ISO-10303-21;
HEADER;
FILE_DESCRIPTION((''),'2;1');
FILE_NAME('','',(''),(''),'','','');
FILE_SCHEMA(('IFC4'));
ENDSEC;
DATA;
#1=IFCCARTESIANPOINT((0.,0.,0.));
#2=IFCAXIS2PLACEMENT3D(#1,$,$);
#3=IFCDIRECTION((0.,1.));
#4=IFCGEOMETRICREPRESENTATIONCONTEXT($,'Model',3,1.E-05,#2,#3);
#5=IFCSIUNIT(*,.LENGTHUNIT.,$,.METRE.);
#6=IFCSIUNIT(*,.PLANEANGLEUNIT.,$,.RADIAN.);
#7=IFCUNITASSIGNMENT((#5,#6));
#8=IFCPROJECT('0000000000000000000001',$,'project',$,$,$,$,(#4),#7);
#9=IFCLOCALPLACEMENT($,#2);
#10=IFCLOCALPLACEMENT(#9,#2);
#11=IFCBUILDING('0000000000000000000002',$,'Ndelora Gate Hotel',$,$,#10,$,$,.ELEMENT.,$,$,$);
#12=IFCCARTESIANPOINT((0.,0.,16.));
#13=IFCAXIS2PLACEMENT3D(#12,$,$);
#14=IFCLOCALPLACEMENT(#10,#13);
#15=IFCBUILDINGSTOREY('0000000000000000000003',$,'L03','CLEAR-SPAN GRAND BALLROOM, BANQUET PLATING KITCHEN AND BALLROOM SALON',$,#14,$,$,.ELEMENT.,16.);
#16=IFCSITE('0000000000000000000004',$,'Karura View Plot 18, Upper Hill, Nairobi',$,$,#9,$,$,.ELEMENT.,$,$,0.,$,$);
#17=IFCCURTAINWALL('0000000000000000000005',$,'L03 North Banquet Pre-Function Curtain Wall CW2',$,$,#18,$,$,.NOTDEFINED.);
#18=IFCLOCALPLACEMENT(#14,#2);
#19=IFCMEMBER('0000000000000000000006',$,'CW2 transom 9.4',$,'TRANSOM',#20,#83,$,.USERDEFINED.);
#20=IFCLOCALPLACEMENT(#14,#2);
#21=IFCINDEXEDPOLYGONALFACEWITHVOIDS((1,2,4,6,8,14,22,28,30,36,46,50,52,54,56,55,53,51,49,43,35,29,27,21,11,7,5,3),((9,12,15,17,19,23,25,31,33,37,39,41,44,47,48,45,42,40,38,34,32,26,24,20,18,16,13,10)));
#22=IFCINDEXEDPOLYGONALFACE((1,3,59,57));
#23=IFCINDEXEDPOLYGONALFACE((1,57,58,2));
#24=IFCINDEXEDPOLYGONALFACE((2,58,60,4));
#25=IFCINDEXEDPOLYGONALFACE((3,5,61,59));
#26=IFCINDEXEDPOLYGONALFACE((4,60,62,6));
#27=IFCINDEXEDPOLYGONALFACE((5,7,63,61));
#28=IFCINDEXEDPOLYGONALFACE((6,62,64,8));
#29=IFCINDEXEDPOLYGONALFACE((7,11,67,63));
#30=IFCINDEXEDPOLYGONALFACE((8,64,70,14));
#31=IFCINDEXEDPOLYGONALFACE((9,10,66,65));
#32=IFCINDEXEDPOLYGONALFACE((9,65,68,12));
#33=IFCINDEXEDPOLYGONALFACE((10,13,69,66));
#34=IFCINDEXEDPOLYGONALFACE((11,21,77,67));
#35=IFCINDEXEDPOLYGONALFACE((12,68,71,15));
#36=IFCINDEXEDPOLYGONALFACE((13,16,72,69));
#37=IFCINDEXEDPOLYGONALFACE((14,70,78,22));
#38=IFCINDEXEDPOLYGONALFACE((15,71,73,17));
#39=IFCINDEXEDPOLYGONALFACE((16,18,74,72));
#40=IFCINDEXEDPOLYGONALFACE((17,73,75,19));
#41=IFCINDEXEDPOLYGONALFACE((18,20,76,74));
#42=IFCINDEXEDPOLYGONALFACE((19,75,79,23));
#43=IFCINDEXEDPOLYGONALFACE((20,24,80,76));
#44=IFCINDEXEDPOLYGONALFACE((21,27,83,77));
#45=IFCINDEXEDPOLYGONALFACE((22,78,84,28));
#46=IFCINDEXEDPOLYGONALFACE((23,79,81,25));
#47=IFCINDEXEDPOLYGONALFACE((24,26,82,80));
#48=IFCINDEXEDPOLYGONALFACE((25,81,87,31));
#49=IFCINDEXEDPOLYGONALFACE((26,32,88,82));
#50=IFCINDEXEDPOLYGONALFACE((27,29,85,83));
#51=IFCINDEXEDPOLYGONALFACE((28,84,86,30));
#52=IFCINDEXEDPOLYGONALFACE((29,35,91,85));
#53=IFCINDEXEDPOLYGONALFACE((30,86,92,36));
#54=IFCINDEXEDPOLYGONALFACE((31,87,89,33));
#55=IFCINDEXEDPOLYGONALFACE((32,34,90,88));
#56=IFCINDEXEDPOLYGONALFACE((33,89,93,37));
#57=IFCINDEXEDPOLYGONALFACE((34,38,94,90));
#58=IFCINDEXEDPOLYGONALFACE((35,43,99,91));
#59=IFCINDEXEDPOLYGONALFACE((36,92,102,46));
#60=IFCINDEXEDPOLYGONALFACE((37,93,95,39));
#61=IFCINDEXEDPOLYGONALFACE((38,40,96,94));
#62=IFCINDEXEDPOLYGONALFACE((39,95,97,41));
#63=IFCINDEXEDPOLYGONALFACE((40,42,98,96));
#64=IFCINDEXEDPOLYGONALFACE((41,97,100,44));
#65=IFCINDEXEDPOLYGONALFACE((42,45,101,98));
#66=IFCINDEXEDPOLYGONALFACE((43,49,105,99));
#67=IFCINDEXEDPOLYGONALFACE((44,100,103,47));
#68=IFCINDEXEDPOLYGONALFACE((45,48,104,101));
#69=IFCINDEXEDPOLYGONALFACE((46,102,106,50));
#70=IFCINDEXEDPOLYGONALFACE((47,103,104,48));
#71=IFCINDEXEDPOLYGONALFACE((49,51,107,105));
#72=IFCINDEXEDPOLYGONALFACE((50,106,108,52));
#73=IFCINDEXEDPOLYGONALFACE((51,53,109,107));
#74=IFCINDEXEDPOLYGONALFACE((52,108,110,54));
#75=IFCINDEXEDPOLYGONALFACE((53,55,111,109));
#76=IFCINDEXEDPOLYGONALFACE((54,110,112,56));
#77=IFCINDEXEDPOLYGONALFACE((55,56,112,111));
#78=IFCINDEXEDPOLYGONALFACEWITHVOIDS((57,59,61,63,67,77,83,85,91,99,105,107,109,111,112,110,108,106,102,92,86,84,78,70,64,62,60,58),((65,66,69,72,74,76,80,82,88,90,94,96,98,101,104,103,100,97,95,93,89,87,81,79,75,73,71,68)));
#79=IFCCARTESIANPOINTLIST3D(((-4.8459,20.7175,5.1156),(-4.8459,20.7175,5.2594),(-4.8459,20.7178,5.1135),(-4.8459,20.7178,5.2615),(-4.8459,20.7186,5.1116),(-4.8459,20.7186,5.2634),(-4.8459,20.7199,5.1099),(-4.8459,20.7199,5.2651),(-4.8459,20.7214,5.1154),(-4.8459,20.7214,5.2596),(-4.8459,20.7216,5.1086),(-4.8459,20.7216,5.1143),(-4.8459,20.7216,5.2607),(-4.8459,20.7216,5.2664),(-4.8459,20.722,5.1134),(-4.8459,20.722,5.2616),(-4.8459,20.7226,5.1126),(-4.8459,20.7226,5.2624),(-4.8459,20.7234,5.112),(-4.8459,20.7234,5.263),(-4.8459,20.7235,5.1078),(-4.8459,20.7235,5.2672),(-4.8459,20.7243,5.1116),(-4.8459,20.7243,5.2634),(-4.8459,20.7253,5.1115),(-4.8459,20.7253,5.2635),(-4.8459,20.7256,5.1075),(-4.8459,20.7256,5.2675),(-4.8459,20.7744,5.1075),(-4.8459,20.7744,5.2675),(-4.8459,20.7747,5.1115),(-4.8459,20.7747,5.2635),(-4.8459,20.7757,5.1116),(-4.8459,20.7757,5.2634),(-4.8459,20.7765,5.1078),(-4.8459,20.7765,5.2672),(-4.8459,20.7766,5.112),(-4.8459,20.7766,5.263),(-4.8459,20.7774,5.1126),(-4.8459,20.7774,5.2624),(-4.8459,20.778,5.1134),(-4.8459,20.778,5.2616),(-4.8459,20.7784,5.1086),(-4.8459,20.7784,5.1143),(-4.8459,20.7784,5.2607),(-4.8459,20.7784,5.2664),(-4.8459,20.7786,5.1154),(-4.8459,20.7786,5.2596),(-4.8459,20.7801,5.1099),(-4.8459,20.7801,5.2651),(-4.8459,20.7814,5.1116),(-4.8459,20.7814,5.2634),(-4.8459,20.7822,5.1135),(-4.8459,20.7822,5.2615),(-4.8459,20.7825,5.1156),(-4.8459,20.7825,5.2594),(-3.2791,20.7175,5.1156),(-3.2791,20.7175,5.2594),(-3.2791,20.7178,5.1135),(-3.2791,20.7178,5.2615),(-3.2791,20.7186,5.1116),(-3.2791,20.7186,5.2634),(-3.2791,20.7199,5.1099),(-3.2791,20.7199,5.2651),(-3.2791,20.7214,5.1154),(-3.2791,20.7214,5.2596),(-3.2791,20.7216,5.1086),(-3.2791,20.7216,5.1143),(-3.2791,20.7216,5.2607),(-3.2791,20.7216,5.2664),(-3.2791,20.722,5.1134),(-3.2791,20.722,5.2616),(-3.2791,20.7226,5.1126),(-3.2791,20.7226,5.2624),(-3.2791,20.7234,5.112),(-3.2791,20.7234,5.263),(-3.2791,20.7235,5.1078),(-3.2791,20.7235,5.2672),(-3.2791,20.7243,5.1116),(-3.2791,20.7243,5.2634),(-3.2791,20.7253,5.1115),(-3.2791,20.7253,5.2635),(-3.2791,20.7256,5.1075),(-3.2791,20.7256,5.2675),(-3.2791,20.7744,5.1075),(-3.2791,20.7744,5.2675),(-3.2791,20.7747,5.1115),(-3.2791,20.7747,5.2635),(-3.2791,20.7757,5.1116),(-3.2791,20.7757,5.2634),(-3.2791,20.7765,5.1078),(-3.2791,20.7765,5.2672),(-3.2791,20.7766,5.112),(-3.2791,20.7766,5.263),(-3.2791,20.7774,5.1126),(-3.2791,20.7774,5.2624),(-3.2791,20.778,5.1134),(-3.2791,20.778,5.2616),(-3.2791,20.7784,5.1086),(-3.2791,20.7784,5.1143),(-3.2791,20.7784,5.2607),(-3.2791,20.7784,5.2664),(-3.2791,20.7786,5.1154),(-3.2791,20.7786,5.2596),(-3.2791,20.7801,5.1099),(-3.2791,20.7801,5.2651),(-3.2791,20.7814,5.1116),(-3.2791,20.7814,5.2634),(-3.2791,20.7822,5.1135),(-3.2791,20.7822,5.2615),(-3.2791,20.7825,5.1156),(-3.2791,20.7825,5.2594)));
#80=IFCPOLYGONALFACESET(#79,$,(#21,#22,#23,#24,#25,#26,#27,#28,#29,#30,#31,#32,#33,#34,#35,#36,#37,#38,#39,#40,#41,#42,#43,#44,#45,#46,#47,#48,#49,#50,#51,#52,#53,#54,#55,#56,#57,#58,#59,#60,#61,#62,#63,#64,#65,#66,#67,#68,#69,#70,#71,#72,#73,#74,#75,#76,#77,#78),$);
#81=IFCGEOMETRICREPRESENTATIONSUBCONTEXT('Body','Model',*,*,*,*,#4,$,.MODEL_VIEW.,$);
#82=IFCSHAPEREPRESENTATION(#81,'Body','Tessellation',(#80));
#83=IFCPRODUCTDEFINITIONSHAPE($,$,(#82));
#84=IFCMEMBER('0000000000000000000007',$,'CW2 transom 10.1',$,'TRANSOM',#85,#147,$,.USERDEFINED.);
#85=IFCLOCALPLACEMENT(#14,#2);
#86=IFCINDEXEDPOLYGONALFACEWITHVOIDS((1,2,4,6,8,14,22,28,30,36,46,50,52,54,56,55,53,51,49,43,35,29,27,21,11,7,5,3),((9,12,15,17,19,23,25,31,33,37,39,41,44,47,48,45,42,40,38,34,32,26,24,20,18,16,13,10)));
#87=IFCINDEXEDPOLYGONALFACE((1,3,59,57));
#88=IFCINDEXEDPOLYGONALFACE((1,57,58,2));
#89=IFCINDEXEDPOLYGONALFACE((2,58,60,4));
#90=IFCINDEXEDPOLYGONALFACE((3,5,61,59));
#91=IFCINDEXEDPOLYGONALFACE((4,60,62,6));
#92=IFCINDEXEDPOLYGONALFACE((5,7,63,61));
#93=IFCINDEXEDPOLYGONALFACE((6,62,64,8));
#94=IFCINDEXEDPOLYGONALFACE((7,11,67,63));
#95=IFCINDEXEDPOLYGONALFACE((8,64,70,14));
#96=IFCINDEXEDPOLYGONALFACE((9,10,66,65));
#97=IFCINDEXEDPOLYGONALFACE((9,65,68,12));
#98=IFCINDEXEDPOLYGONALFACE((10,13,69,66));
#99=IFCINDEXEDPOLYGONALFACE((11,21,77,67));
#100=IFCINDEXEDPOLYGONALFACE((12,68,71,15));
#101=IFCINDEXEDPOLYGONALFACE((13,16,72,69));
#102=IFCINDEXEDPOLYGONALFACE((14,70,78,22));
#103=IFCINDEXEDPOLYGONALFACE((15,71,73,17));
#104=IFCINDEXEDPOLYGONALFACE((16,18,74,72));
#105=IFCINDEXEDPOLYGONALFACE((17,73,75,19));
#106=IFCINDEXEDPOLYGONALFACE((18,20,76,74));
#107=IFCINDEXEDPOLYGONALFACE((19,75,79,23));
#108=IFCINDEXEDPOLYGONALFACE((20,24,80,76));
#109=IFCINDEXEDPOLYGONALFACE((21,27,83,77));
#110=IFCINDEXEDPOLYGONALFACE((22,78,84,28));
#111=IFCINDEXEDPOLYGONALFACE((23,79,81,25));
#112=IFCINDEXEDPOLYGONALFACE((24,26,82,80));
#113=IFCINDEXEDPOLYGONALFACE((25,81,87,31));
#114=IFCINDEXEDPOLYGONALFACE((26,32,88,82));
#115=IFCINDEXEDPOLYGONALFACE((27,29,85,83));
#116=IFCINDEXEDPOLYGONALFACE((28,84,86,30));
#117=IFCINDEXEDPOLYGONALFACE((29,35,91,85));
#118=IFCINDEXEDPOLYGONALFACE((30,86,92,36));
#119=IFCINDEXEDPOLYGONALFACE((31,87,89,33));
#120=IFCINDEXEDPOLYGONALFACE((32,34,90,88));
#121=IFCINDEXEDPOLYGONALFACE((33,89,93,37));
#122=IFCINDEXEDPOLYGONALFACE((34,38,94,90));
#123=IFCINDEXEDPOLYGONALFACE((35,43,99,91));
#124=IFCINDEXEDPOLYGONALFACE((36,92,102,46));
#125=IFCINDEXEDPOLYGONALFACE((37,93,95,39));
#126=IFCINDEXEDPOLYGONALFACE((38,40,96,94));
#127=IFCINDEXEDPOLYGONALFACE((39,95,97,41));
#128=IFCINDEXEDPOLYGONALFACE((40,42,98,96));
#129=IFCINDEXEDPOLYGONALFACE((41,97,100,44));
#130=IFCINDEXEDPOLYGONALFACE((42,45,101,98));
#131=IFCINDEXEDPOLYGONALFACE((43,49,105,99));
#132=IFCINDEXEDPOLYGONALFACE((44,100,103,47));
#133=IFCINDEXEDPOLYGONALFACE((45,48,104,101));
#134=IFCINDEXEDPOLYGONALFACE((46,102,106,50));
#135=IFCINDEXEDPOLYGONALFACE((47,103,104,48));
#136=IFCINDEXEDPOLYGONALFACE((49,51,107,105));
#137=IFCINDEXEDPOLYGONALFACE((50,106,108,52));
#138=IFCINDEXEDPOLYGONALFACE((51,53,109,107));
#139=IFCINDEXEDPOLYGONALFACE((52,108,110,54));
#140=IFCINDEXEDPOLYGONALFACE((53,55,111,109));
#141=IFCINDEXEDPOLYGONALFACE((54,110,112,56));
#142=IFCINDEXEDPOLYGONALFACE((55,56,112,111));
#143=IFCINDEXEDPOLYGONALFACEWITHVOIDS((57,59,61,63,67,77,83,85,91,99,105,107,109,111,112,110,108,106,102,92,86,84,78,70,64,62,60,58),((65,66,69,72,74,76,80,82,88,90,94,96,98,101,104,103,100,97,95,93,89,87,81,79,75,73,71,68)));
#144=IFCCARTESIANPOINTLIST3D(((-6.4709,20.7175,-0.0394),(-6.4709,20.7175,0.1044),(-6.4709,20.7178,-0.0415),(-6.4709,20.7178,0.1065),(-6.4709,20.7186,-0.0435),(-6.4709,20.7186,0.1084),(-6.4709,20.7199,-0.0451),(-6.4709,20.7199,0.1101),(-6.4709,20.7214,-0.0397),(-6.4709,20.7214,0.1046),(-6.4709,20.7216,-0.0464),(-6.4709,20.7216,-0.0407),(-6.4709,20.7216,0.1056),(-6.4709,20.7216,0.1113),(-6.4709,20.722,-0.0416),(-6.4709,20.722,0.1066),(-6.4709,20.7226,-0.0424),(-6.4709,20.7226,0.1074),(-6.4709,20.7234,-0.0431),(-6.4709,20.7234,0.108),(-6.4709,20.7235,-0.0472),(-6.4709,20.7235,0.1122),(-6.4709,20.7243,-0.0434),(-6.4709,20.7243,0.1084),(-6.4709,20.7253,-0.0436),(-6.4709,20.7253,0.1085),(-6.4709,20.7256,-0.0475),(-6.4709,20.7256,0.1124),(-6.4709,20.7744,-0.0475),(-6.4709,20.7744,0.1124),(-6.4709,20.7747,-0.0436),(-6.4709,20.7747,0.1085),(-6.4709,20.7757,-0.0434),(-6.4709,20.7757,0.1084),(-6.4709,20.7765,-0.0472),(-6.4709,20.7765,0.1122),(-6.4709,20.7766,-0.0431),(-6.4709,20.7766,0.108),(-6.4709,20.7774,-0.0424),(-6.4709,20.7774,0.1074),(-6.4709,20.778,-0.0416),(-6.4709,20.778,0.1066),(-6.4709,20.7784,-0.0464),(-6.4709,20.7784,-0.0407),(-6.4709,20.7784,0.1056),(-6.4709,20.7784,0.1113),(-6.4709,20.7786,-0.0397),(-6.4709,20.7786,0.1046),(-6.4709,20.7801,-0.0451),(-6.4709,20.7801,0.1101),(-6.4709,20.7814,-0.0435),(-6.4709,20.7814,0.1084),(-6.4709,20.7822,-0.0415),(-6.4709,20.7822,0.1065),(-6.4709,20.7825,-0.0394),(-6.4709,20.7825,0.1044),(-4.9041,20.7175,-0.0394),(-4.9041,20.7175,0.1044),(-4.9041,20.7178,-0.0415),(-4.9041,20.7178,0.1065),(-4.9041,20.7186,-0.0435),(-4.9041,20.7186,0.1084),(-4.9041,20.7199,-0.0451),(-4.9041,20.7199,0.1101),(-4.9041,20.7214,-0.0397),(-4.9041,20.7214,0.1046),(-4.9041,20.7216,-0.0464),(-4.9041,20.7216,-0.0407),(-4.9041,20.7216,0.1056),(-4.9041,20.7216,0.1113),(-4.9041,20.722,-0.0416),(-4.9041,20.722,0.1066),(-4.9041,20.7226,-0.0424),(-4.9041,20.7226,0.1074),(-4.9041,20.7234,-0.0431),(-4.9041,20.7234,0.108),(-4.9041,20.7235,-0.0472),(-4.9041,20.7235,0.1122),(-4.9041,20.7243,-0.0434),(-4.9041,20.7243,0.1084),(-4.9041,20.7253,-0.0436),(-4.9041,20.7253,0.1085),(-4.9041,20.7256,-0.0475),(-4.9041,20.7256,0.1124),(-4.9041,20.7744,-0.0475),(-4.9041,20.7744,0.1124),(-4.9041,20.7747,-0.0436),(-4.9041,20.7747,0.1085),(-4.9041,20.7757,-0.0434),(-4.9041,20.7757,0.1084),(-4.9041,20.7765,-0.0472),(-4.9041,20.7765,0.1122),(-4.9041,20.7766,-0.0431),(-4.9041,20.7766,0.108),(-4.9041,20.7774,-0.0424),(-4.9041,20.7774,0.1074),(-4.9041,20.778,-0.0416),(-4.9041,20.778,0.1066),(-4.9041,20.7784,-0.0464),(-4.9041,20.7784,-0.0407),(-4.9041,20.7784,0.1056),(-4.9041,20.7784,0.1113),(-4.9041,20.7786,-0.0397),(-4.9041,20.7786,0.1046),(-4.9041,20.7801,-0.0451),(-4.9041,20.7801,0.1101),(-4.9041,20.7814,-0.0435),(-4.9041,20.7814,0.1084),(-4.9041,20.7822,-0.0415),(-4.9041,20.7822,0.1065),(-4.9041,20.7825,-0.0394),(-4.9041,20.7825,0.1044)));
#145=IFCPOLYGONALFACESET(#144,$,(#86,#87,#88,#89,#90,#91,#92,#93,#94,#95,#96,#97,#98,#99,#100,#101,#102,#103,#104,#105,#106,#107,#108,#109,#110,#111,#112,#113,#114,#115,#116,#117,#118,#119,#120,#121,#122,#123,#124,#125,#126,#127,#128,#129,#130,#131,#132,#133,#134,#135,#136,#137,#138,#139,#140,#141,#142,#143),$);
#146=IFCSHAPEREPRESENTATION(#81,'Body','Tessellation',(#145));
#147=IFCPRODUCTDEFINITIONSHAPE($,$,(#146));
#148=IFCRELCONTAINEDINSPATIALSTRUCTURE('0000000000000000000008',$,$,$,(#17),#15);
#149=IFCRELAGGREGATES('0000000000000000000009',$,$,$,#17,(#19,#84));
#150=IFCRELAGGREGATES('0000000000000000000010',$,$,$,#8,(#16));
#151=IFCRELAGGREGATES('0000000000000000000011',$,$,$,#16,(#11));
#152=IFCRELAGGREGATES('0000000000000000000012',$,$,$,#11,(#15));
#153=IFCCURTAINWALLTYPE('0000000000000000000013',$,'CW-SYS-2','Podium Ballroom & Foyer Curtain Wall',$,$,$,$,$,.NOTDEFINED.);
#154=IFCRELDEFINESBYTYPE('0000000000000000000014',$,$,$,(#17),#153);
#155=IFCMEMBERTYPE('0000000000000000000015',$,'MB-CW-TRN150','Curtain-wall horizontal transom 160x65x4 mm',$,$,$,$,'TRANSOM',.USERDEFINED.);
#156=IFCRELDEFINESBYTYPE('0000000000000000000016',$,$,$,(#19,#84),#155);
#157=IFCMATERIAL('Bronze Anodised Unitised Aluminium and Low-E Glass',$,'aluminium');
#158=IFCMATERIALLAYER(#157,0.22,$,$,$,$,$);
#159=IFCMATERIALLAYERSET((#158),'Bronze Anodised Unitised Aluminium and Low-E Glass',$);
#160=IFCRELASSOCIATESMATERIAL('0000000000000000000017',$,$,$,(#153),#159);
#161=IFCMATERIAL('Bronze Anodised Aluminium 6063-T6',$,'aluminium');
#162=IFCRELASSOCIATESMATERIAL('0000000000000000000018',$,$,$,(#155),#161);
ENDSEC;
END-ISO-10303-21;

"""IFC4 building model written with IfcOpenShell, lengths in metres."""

from ifc_helpers import new_model, si_unit, direction, frame, origin, origin_2d, place, context, subcontext, project, spatial, hollow_rectangle, extrude, material, layer, layer_set, material_profile, profile_set, type_object, element, aggregate, save


model = new_model("IFC4")

# Units and contexts
model_context = context("Model", 3, precision=1e-05, world=origin(), true_north=direction((0.0, 1.0)))
body_context = subcontext(model_context, "Body", "Model", "MODEL_VIEW")
ifc_project = project(units=[si_unit("LENGTHUNIT", "METRE"), si_unit("PLANEANGLEUNIT", "RADIAN")], contexts=[model_context])

# Site, building, storey
site_placement = place(None, origin())
site = spatial("IfcSite", under=ifc_project, at=site_placement, Name="Karura View Plot 18, Upper Hill, Nairobi", CompositionType="ELEMENT", RefElevation=0.0)
building_placement = place(site_placement, origin())
building = spatial("IfcBuilding", under=site, at=building_placement, Name="Ndelora Gate Hotel", CompositionType="ELEMENT")
storey_placement = place(building_placement, frame((0.0, 0.0, 16.0)))
storey = spatial("IfcBuildingStorey", under=building, at=storey_placement, Name="L03", Description="CLEAR-SPAN GRAND BALLROOM, BANQUET PLATING KITCHEN AND BALLROOM SALON", CompositionType="ELEMENT", Elevation=16.0)

# Curtain wall, members
ifc_material_1 = material(Name="Bronze Anodised Unitised Aluminium and Low-E Glass", Category="aluminium")
ifc_layer_1 = layer(ifc_material_1, 0.22)
ifc_layer_set_1 = layer_set([ifc_layer_1], Name="Bronze Anodised Unitised Aluminium and Low-E Glass")
curtain_wall_type = type_object("IfcCurtainWallType", Name="CW-SYS-2", Description="Podium Ballroom & Foyer Curtain Wall", PredefinedType="NOTDEFINED", material=ifc_layer_set_1)
curtain_wall_placement = place(storey_placement, origin())
curtain_wall = element("IfcCurtainWall", 1, at=curtain_wall_placement, inside=storey, type_object=curtain_wall_type, Name="L03 North Banquet Pre-Function Curtain Wall CW2", PredefinedType="NOTDEFINED")
ifc_material_2 = material(Name="Bronze Anodised Aluminium 6063-T6", Category="aluminium")
ifc_material_profile_1 = material_profile(ifc_material_2, hollow_rectangle(XDim=0.0649, YDim=0.1599, WallThickness=0.0039, InnerFilletRadius=0.0039, OuterFilletRadius=0.0081, at=origin_2d()), Name="ALU 160x65x4")
ifc_profile_set_1 = profile_set([ifc_material_profile_1], Name="Bronze Anodised Aluminium 6063-T6")
member_type_1 = type_object("IfcMemberType", Name="MB-CW-TRN150", Description="Curtain-wall horizontal transom 160x65x4 mm", ElementType="TRANSOM", PredefinedType="USERDEFINED", material=ifc_profile_set_1)
member_1_placement = place(storey_placement, frame((-3.2791, 20.75, 5.1875), z_axis=(-1.0, 0.0, 0.0), x_axis=(0.0, -1.0, 0.0)))
member_1 = element("IfcMember", 2, at=member_1_placement, type_object=member_type_1, Name="CW2 transom 9.4", ObjectType="TRANSOM", PredefinedType="USERDEFINED", context=body_context, shape_type="SweptSolid", body=[
    extrude(hollow_rectangle(XDim=0.0649, YDim=0.1599, WallThickness=0.0039, InnerFilletRadius=0.0039, OuterFilletRadius=0.0081, at=origin_2d()), origin(), (0.0, 0.0, 1.0), 1.5669),
])
member_2_placement = place(storey_placement, frame((-4.9041, 20.75, 0.0325), z_axis=(-1.0, 0.0, 0.0), x_axis=(0.0, -1.0, 0.0)))
member_2 = element("IfcMember", 3, at=member_2_placement, type_object=member_type_1, Name="CW2 transom 10.1", ObjectType="TRANSOM", PredefinedType="USERDEFINED", context=body_context, shape_type="SweptSolid", body=[
    extrude(hollow_rectangle(XDim=0.0649, YDim=0.1599, WallThickness=0.0039, InnerFilletRadius=0.0039, OuterFilletRadius=0.0081, at=origin_2d()), origin(), (0.0, 0.0, 1.0), 1.5669),
])
aggregate(curtain_wall, [member_1, member_2])

save(model, "model.ifc")
